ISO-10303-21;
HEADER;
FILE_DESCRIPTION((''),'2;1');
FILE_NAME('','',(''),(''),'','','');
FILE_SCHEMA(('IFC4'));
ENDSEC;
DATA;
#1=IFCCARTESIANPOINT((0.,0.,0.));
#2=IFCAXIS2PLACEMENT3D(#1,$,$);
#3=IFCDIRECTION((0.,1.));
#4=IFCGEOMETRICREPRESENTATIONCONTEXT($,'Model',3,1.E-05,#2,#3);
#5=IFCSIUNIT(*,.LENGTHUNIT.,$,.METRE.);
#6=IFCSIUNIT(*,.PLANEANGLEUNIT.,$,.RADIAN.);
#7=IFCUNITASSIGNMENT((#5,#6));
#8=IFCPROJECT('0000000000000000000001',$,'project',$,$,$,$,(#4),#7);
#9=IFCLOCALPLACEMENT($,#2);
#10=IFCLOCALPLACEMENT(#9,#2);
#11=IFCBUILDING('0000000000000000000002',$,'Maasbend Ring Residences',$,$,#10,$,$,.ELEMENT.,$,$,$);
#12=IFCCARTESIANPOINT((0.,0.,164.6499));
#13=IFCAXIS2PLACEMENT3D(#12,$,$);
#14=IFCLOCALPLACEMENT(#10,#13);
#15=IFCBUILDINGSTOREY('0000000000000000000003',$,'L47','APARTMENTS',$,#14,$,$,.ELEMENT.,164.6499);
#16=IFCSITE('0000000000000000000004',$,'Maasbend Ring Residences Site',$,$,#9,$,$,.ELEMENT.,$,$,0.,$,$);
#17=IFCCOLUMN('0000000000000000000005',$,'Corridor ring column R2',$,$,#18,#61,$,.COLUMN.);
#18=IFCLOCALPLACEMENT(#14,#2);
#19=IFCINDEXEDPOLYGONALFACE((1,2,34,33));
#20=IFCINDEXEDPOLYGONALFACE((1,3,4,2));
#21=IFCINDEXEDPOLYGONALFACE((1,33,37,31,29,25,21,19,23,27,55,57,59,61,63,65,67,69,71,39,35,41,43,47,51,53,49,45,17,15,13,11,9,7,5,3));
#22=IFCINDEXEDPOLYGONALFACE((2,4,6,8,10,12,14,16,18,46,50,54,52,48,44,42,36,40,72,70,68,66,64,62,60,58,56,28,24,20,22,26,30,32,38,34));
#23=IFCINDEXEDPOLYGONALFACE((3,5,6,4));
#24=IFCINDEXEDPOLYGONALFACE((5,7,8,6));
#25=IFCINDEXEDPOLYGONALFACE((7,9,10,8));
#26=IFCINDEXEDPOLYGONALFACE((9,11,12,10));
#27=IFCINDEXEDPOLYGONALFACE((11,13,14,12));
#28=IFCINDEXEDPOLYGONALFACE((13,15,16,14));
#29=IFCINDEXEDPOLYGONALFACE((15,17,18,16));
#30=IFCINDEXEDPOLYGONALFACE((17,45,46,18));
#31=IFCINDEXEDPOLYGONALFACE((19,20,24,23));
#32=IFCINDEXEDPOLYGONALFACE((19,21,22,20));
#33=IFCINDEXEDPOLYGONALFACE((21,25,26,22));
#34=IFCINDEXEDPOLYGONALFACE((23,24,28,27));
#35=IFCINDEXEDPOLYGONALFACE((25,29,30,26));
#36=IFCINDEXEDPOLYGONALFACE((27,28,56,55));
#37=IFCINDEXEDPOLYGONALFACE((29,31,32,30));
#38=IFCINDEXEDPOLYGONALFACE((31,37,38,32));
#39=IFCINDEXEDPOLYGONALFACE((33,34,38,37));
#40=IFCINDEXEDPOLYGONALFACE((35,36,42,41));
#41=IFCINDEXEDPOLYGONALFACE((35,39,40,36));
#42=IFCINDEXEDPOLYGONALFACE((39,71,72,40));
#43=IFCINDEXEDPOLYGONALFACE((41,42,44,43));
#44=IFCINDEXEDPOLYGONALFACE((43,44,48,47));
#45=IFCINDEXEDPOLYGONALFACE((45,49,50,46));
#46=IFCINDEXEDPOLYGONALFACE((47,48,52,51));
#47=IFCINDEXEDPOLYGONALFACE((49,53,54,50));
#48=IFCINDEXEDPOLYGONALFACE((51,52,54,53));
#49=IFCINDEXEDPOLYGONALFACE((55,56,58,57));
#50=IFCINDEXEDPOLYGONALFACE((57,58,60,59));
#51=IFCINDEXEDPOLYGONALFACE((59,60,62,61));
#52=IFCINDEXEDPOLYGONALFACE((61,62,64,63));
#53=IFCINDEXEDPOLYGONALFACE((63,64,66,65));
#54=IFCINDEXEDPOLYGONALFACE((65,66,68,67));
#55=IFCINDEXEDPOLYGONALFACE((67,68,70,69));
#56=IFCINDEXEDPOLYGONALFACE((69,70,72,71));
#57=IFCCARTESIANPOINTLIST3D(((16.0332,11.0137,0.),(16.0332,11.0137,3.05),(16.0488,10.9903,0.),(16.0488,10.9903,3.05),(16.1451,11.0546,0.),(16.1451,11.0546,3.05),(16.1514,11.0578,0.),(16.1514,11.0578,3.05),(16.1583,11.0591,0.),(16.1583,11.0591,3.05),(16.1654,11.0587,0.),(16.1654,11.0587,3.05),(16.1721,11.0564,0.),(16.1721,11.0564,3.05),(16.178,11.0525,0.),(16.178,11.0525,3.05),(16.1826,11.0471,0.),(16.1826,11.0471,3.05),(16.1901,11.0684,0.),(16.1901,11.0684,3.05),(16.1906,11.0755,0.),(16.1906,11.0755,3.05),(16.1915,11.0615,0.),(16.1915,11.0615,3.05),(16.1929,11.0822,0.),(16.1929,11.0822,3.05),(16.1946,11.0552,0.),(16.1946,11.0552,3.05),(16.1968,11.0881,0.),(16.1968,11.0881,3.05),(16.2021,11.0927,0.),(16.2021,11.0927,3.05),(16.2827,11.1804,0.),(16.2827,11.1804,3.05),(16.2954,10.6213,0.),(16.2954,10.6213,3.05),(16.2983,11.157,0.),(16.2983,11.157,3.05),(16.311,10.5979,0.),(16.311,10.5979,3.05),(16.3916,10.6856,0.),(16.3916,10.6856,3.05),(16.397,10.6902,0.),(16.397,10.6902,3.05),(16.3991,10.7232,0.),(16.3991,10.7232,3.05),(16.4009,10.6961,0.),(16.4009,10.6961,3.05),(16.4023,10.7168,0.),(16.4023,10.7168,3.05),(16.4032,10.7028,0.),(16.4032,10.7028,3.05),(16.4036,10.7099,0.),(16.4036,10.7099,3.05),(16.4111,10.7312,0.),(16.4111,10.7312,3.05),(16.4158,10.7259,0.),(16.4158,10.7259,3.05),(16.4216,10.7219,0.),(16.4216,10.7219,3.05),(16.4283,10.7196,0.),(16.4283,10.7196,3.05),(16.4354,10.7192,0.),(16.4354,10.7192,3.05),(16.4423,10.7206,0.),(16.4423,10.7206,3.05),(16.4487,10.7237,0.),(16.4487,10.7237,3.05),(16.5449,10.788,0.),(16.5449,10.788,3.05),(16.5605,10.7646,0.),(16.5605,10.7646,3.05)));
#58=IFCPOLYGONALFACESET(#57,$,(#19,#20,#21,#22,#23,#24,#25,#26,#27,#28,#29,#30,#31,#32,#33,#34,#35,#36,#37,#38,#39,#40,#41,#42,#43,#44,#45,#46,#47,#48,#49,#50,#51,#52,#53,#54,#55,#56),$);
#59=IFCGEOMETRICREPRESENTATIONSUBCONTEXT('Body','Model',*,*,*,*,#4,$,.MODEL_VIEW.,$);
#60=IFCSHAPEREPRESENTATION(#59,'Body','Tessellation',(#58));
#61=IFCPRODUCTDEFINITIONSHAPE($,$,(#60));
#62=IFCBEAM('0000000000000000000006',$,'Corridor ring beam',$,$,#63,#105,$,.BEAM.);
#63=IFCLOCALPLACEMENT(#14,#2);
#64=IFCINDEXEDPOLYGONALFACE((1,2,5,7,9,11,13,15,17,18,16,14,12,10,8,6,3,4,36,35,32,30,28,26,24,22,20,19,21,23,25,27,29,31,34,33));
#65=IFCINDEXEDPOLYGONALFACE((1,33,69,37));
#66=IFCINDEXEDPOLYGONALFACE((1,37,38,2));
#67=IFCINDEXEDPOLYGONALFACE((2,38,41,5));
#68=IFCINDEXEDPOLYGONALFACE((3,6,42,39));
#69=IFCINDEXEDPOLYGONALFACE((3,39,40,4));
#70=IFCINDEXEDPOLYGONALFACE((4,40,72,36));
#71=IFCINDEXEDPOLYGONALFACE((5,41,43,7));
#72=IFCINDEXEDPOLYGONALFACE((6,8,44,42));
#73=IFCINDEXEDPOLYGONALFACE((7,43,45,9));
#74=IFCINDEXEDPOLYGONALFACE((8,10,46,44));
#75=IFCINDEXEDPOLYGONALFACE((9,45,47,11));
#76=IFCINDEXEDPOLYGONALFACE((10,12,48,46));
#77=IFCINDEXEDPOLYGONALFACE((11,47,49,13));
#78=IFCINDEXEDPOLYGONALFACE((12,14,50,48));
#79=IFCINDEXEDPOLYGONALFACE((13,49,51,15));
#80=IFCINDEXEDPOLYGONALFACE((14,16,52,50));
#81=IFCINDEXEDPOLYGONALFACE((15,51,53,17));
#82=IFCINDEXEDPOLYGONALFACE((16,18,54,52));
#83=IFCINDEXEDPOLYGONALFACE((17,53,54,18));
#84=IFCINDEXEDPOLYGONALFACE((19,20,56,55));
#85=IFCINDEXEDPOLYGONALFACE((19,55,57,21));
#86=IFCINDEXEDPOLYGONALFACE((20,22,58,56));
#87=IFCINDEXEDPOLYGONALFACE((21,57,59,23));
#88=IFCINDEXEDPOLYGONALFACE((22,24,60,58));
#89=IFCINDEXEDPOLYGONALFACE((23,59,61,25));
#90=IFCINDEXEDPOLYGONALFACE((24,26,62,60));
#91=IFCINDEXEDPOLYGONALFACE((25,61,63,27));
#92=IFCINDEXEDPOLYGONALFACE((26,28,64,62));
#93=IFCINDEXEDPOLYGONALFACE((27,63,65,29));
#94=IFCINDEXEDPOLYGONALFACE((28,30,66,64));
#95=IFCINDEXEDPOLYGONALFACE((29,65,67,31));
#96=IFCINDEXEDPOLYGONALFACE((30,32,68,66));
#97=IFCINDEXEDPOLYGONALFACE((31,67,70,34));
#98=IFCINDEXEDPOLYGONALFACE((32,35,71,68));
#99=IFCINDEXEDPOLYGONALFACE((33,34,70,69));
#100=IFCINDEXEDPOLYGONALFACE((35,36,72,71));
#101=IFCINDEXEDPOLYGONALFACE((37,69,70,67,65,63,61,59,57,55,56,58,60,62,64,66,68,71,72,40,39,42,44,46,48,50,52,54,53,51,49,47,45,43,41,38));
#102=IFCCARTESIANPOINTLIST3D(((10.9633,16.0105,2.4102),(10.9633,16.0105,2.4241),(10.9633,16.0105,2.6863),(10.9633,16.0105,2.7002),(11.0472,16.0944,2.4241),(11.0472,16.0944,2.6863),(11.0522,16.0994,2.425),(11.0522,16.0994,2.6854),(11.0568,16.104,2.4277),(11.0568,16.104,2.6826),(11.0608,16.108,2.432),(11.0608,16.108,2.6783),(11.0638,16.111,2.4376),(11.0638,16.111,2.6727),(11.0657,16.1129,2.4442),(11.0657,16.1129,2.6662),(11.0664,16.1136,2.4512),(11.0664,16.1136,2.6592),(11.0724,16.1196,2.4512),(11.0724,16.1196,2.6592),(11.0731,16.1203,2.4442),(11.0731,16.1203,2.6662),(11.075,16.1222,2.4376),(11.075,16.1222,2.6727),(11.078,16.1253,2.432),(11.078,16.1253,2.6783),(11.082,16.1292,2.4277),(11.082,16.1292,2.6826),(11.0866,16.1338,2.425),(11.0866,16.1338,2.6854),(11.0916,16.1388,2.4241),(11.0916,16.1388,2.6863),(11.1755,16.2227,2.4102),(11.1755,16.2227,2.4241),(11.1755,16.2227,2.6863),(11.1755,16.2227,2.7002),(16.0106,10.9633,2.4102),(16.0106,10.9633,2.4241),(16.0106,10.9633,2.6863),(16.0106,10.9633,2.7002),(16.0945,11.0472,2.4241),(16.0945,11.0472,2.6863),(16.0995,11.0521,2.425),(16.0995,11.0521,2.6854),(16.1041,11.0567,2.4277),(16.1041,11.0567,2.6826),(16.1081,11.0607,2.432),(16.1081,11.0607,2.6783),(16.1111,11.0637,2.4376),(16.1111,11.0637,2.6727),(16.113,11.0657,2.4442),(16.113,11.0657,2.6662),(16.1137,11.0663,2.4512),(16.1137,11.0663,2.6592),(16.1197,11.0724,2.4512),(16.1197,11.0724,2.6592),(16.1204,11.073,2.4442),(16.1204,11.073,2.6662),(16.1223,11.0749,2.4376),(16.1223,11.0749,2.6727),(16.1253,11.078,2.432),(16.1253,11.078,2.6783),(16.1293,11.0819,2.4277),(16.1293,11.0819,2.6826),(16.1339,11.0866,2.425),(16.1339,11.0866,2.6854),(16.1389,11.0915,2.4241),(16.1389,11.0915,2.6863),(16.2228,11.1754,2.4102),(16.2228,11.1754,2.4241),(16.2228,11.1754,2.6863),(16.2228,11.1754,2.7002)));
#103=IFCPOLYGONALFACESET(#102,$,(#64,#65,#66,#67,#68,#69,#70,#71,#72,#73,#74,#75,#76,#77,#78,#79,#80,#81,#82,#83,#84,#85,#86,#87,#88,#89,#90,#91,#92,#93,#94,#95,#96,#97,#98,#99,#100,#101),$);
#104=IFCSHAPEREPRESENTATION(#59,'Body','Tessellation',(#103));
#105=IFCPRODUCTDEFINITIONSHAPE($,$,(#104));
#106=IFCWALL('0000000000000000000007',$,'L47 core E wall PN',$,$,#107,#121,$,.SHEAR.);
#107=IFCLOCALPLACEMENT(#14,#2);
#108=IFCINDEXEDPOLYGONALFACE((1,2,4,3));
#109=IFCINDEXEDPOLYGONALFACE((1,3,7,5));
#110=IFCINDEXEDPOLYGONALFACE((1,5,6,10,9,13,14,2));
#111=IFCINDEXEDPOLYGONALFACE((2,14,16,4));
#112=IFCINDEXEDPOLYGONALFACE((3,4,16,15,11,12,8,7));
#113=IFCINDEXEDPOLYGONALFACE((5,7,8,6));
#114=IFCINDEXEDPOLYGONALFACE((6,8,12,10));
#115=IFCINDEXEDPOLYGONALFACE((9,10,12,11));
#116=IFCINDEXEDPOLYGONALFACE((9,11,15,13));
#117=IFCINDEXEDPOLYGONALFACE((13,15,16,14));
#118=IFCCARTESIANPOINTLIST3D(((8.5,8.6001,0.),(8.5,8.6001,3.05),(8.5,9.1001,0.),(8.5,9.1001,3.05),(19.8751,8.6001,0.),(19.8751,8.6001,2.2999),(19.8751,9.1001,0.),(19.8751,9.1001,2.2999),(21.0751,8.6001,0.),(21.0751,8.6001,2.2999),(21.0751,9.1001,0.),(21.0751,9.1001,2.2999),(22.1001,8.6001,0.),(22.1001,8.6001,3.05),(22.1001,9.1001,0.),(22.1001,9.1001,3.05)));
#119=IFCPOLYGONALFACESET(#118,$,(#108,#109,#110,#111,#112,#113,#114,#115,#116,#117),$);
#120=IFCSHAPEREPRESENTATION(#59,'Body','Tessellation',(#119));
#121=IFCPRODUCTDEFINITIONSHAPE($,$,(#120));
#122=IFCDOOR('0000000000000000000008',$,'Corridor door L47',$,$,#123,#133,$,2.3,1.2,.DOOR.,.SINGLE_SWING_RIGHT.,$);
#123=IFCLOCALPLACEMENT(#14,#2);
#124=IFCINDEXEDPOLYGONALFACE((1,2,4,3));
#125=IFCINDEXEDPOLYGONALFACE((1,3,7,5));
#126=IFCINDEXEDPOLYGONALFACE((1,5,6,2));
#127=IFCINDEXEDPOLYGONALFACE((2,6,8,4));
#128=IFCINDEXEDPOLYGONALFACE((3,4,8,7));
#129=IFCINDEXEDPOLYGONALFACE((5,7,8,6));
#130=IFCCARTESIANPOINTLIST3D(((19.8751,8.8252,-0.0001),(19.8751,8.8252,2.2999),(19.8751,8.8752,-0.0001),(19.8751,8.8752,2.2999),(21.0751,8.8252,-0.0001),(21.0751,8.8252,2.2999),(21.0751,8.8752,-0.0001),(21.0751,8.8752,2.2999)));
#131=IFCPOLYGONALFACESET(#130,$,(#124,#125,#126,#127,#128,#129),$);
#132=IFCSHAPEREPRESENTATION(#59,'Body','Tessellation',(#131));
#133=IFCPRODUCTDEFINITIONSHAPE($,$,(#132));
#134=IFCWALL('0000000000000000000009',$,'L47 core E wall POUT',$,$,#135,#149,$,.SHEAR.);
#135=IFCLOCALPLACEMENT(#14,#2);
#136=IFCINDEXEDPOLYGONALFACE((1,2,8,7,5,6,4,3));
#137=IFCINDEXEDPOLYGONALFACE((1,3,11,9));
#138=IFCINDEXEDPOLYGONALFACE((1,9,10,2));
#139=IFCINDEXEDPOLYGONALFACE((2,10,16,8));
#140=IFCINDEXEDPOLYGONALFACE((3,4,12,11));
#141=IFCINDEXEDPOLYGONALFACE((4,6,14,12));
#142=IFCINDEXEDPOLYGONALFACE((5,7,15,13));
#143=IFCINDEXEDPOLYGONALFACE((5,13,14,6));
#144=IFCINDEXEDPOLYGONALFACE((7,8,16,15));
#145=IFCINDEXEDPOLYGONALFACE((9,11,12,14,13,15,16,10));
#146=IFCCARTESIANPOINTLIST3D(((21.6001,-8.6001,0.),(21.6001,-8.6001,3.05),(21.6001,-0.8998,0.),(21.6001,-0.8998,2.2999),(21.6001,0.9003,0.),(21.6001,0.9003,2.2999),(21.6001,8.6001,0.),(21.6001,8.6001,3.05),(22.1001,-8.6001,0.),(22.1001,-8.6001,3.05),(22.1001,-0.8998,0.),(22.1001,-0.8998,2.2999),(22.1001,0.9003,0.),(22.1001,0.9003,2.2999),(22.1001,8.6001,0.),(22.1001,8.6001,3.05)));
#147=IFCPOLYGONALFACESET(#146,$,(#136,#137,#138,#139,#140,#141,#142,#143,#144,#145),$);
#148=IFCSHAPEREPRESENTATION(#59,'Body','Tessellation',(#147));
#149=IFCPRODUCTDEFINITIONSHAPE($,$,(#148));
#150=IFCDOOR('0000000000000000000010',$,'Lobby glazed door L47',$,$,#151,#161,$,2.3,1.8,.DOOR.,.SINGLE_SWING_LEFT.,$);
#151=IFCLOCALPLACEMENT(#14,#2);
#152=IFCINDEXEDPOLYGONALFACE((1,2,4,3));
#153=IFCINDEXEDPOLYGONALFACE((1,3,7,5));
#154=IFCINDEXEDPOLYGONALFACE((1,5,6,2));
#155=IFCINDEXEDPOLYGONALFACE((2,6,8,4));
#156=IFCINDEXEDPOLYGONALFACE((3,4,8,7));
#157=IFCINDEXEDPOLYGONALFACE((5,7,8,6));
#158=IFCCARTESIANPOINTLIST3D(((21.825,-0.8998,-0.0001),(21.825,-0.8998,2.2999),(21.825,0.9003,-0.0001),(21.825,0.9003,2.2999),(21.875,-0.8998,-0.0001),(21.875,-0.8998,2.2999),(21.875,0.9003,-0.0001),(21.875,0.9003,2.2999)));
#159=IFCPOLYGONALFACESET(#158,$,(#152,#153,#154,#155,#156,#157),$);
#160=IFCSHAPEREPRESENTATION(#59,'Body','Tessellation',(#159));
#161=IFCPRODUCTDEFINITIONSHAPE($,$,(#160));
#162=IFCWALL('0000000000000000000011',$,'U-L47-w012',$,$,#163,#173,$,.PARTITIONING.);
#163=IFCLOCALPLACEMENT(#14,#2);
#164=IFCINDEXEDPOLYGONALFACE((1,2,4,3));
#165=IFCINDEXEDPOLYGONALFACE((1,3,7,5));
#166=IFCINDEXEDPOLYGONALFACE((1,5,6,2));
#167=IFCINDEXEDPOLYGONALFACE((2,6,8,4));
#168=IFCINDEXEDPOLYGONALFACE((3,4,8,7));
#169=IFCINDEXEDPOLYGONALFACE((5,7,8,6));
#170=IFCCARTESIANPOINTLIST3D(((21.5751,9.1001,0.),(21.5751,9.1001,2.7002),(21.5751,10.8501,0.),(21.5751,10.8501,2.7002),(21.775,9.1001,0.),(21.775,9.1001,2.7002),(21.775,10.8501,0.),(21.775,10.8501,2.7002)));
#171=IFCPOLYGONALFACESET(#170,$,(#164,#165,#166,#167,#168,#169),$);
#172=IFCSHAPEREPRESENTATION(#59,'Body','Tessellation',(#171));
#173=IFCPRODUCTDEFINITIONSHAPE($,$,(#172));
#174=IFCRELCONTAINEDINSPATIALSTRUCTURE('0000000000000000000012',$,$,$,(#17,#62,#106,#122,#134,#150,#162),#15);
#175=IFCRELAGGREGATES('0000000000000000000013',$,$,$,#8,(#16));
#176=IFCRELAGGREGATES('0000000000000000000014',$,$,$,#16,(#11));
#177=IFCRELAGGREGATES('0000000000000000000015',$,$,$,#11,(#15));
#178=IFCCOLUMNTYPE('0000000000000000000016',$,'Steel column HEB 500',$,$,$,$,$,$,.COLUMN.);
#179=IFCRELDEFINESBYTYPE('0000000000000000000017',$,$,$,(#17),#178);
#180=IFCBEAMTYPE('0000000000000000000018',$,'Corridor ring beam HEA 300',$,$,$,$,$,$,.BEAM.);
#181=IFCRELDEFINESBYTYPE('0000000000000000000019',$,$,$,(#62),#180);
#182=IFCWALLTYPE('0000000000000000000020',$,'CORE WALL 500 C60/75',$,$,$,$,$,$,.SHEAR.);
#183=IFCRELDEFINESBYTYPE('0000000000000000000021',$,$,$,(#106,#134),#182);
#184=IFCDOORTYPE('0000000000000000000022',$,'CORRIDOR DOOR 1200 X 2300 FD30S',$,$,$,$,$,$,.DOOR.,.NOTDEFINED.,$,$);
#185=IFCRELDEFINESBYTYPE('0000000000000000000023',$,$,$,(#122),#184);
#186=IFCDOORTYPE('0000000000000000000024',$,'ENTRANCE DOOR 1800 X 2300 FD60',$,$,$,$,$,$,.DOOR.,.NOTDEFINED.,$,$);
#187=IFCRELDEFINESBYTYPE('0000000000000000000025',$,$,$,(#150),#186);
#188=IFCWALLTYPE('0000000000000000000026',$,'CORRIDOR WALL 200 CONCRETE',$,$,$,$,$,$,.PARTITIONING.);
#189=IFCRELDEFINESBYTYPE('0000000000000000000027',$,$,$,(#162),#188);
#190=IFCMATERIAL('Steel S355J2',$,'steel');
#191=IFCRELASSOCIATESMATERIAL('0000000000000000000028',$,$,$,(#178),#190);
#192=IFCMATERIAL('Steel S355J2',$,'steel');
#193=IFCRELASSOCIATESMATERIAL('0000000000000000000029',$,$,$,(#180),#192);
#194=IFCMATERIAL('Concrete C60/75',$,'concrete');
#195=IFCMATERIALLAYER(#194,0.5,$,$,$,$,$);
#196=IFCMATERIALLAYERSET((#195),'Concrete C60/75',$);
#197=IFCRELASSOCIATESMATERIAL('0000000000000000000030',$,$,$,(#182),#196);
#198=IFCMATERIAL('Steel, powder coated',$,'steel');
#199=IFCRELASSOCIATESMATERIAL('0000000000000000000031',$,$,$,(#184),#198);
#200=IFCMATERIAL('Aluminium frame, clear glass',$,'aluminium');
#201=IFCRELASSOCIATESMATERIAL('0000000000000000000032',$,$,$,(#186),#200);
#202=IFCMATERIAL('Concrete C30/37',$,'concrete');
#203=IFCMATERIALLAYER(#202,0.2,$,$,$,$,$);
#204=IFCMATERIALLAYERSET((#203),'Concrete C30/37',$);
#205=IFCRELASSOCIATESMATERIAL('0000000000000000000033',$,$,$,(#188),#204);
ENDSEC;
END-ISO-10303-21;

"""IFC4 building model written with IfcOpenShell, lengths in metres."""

from ifc_helpers import new_model, si_unit, direction, frame, frame_2d, origin, origin_2d, place, context, subcontext, project, spatial, rectangle, i_section, extrude, material, layer, layer_set, material_profile, profile_set, type_object, element, fill, save


model = new_model("IFC4")

# Units and contexts
model_context = context("Model", 3, precision=1e-05, world=origin(), true_north=direction((0.0, 1.0)))
body_context = subcontext(model_context, "Body", "Model", "MODEL_VIEW")
ifc_project = project(units=[si_unit("LENGTHUNIT", "METRE"), si_unit("PLANEANGLEUNIT", "RADIAN")], contexts=[model_context])

# Site, building, storey
site_placement = place(None, origin())
site = spatial("IfcSite", under=ifc_project, at=site_placement, Name="Maasbend Ring Residences Site", CompositionType="ELEMENT", RefElevation=0.0)
building_placement = place(site_placement, origin())
building = spatial("IfcBuilding", under=site, at=building_placement, Name="Maasbend Ring Residences", CompositionType="ELEMENT")
storey_placement = place(building_placement, frame((0.0, 0.0, 164.6499)))
storey = spatial("IfcBuildingStorey", under=building, at=storey_placement, Name="L47", Description="APARTMENTS", CompositionType="ELEMENT", Elevation=164.6499)

# Column
ifc_material_1 = material(Name="Steel S355J2", Category="steel")
ifc_material_profile_1 = material_profile(ifc_material_1, i_section(OverallWidth=0.3, OverallDepth=0.5, WebThickness=0.0144, FlangeThickness=0.0281, FilletRadius=0.0271, at=origin_2d()), Name="HEB 500")
ifc_profile_set_1 = profile_set([ifc_material_profile_1], Name="Steel S355J2")
column_type = type_object("IfcColumnType", Name="Steel column HEB 500", PredefinedType="COLUMN", material=ifc_profile_set_1)
column_placement = place(storey_placement, frame((16.2969, 10.8892, 0.0), z_axis=(0.0, 0.0, 1.0), x_axis=(0.83147, 0.55557, 0.0)))
element("IfcColumn", 1, at=column_placement, inside=storey, type_object=column_type, Name="Corridor ring column R2", PredefinedType="COLUMN", context=body_context, shape_type="SweptSolid", body=[
    extrude(i_section(OverallWidth=0.3, OverallDepth=0.5, WebThickness=0.0144, FlangeThickness=0.0281, FilletRadius=0.0271, at=origin_2d()), origin(), (0.0, 0.0, 1.0), 3.05),
])

# Beam
ifc_material_2 = material(Name="Steel S355J2", Category="steel")
ifc_material_profile_2 = material_profile(ifc_material_2, i_section(OverallWidth=0.3, OverallDepth=0.29, WebThickness=0.0085, FlangeThickness=0.0139, FilletRadius=0.0271, at=origin_2d()), Name="HEA 300")
ifc_profile_set_2 = profile_set([ifc_material_profile_2], Name="Steel S355J2")
beam_type = type_object("IfcBeamType", Name="Corridor ring beam HEA 300", PredefinedType="BEAM", material=ifc_profile_set_2)
beam_placement = place(storey_placement, frame((16.1167, 11.0693, 2.5552), z_axis=(-0.707107, 0.707107, 0.0), x_axis=(-0.707107, -0.707107, 0.0)))
element("IfcBeam", 2, at=beam_placement, inside=storey, type_object=beam_type, Name="Corridor ring beam", PredefinedType="BEAM", context=body_context, shape_type="SweptSolid", body=[
    extrude(i_section(OverallWidth=0.3, OverallDepth=0.29, WebThickness=0.0085, FlangeThickness=0.0139, FilletRadius=0.0271, at=origin_2d()), origin(), (0.0, 0.0, 1.0), 7.1379),
])

# Walls, openings, doors
ifc_material_3 = material(Name="Concrete C60/75", Category="concrete")
ifc_layer_1 = layer(ifc_material_3, 0.5)
ifc_layer_set_1 = layer_set([ifc_layer_1], Name="Concrete C60/75")
wall_type_1 = type_object("IfcWallType", Name="CORE WALL 500 C60/75", PredefinedType="SHEAR", material=ifc_layer_set_1)
wall_1_placement = place(storey_placement, frame((22.1001, 8.8501, 0.0), z_axis=(0.0, 0.0, 1.0), x_axis=(-1.0, 0.0, 0.0)))
wall_1 = element("IfcWall", 3, at=wall_1_placement, inside=storey, type_object=wall_type_1, Name="L47 core E wall PN", PredefinedType="SHEAR", context=body_context, shape_type="SweptSolid", body=[
    extrude(rectangle(XDim=13.6001, YDim=0.5, at=frame_2d((6.8, 0.0))), origin(), (0.0, 0.0, 1.0), 3.05),
])
opening_1_placement = place(wall_1_placement, frame((1.0249, 0.0, 0.0)))
opening_1 = element("IfcOpeningElement", 4, at=opening_1_placement, cuts=wall_1, PredefinedType="OPENING", context=body_context, shape_type="SweptSolid", body=[
    extrude(rectangle(XDim=1.2, YDim=2.3, at=frame_2d((0.6001, 1.1499))), frame((0.0, 0.26, 0.0), z_axis=(0.0, -1.0, 0.0), x_axis=(1.0, 0.0, 0.0)), (0.0, 0.0, 1.0), 0.52),
])
ifc_material_4 = material(Name="Steel, powder coated", Category="steel")
door_type_1 = type_object("IfcDoorType", Name="CORRIDOR DOOR 1200 X 2300 FD30S", OperationType="NOTDEFINED", PredefinedType="DOOR", material=ifc_material_4)
door_1_placement = place(opening_1_placement, origin())
door_1 = element("IfcDoor", 5, at=door_1_placement, inside=storey, type_object=door_type_1, Name="Corridor door L47", OperationType="SINGLE_SWING_RIGHT", OverallHeight=2.3, OverallWidth=1.2, PredefinedType="DOOR", context=body_context, shape_type="SweptSolid", body=[
    extrude(rectangle(XDim=1.2, YDim=2.3, at=frame_2d((0.6001, 1.1499))), frame((0.0, 0.0249, 0.0), z_axis=(0.0, -1.0, 0.0), x_axis=(1.0, 0.0, 0.0)), (0.0, 0.0, 1.0), 0.05),
])
fill(opening_1, door_1)
wall_2_placement = place(storey_placement, frame((21.8501, 8.6001, 0.0), z_axis=(0.0, 0.0, 1.0), x_axis=(0.0, -1.0, 0.0)))
wall_2 = element("IfcWall", 6, at=wall_2_placement, inside=storey, type_object=wall_type_1, Name="L47 core E wall POUT", PredefinedType="SHEAR", context=body_context, shape_type="SweptSolid", body=[
    extrude(rectangle(XDim=17.2002, YDim=0.5, at=frame_2d((8.6001, 0.0))), origin(), (0.0, 0.0, 1.0), 3.05),
])
opening_2_placement = place(wall_2_placement, frame((7.7, 0.0, 0.0)))
opening_2 = element("IfcOpeningElement", 7, at=opening_2_placement, cuts=wall_2, PredefinedType="OPENING", context=body_context, shape_type="SweptSolid", body=[
    extrude(rectangle(XDim=1.8, YDim=2.3, at=frame_2d((0.8999, 1.1499))), frame((0.0, 0.26, 0.0), z_axis=(0.0, -1.0, 0.0), x_axis=(1.0, 0.0, 0.0)), (0.0, 0.0, 1.0), 0.52),
])
ifc_material_5 = material(Name="Aluminium frame, clear glass", Category="aluminium")
door_type_2 = type_object("IfcDoorType", Name="ENTRANCE DOOR 1800 X 2300 FD60", OperationType="NOTDEFINED", PredefinedType="DOOR", material=ifc_material_5)
door_2_placement = place(opening_2_placement, origin())
door_2 = element("IfcDoor", 8, at=door_2_placement, inside=storey, type_object=door_type_2, Name="Lobby glazed door L47", OperationType="SINGLE_SWING_LEFT", OverallHeight=2.3, OverallWidth=1.8, PredefinedType="DOOR", context=body_context, shape_type="SweptSolid", body=[
    extrude(rectangle(XDim=1.8, YDim=2.3, at=frame_2d((0.8999, 1.1499))), frame((0.0, 0.0249, 0.0), z_axis=(0.0, -1.0, 0.0), x_axis=(1.0, 0.0, 0.0)), (0.0, 0.0, 1.0), 0.05),
])
fill(opening_2, door_2)

# Wall
ifc_material_6 = material(Name="Concrete C30/37", Category="concrete")
ifc_layer_2 = layer(ifc_material_6, 0.2)
ifc_layer_set_2 = layer_set([ifc_layer_2], Name="Concrete C30/37")
wall_type_2 = type_object("IfcWallType", Name="CORRIDOR WALL 200 CONCRETE", PredefinedType="PARTITIONING", material=ifc_layer_set_2)
wall_3_placement = place(storey_placement, frame((21.675, 9.1001, 0.0), z_axis=(0.0, 0.0, 1.0), x_axis=(0.0, 1.0, 0.0)))
element("IfcWall", 9, at=wall_3_placement, inside=storey, type_object=wall_type_2, Name="U-L47-w012", PredefinedType="PARTITIONING", context=body_context, shape_type="SweptSolid", body=[
    extrude(rectangle(XDim=1.75, YDim=0.2, at=frame_2d((0.875, 0.0))), origin(), (0.0, 0.0, 1.0), 2.7002),
])

save(model, "model.ifc")
